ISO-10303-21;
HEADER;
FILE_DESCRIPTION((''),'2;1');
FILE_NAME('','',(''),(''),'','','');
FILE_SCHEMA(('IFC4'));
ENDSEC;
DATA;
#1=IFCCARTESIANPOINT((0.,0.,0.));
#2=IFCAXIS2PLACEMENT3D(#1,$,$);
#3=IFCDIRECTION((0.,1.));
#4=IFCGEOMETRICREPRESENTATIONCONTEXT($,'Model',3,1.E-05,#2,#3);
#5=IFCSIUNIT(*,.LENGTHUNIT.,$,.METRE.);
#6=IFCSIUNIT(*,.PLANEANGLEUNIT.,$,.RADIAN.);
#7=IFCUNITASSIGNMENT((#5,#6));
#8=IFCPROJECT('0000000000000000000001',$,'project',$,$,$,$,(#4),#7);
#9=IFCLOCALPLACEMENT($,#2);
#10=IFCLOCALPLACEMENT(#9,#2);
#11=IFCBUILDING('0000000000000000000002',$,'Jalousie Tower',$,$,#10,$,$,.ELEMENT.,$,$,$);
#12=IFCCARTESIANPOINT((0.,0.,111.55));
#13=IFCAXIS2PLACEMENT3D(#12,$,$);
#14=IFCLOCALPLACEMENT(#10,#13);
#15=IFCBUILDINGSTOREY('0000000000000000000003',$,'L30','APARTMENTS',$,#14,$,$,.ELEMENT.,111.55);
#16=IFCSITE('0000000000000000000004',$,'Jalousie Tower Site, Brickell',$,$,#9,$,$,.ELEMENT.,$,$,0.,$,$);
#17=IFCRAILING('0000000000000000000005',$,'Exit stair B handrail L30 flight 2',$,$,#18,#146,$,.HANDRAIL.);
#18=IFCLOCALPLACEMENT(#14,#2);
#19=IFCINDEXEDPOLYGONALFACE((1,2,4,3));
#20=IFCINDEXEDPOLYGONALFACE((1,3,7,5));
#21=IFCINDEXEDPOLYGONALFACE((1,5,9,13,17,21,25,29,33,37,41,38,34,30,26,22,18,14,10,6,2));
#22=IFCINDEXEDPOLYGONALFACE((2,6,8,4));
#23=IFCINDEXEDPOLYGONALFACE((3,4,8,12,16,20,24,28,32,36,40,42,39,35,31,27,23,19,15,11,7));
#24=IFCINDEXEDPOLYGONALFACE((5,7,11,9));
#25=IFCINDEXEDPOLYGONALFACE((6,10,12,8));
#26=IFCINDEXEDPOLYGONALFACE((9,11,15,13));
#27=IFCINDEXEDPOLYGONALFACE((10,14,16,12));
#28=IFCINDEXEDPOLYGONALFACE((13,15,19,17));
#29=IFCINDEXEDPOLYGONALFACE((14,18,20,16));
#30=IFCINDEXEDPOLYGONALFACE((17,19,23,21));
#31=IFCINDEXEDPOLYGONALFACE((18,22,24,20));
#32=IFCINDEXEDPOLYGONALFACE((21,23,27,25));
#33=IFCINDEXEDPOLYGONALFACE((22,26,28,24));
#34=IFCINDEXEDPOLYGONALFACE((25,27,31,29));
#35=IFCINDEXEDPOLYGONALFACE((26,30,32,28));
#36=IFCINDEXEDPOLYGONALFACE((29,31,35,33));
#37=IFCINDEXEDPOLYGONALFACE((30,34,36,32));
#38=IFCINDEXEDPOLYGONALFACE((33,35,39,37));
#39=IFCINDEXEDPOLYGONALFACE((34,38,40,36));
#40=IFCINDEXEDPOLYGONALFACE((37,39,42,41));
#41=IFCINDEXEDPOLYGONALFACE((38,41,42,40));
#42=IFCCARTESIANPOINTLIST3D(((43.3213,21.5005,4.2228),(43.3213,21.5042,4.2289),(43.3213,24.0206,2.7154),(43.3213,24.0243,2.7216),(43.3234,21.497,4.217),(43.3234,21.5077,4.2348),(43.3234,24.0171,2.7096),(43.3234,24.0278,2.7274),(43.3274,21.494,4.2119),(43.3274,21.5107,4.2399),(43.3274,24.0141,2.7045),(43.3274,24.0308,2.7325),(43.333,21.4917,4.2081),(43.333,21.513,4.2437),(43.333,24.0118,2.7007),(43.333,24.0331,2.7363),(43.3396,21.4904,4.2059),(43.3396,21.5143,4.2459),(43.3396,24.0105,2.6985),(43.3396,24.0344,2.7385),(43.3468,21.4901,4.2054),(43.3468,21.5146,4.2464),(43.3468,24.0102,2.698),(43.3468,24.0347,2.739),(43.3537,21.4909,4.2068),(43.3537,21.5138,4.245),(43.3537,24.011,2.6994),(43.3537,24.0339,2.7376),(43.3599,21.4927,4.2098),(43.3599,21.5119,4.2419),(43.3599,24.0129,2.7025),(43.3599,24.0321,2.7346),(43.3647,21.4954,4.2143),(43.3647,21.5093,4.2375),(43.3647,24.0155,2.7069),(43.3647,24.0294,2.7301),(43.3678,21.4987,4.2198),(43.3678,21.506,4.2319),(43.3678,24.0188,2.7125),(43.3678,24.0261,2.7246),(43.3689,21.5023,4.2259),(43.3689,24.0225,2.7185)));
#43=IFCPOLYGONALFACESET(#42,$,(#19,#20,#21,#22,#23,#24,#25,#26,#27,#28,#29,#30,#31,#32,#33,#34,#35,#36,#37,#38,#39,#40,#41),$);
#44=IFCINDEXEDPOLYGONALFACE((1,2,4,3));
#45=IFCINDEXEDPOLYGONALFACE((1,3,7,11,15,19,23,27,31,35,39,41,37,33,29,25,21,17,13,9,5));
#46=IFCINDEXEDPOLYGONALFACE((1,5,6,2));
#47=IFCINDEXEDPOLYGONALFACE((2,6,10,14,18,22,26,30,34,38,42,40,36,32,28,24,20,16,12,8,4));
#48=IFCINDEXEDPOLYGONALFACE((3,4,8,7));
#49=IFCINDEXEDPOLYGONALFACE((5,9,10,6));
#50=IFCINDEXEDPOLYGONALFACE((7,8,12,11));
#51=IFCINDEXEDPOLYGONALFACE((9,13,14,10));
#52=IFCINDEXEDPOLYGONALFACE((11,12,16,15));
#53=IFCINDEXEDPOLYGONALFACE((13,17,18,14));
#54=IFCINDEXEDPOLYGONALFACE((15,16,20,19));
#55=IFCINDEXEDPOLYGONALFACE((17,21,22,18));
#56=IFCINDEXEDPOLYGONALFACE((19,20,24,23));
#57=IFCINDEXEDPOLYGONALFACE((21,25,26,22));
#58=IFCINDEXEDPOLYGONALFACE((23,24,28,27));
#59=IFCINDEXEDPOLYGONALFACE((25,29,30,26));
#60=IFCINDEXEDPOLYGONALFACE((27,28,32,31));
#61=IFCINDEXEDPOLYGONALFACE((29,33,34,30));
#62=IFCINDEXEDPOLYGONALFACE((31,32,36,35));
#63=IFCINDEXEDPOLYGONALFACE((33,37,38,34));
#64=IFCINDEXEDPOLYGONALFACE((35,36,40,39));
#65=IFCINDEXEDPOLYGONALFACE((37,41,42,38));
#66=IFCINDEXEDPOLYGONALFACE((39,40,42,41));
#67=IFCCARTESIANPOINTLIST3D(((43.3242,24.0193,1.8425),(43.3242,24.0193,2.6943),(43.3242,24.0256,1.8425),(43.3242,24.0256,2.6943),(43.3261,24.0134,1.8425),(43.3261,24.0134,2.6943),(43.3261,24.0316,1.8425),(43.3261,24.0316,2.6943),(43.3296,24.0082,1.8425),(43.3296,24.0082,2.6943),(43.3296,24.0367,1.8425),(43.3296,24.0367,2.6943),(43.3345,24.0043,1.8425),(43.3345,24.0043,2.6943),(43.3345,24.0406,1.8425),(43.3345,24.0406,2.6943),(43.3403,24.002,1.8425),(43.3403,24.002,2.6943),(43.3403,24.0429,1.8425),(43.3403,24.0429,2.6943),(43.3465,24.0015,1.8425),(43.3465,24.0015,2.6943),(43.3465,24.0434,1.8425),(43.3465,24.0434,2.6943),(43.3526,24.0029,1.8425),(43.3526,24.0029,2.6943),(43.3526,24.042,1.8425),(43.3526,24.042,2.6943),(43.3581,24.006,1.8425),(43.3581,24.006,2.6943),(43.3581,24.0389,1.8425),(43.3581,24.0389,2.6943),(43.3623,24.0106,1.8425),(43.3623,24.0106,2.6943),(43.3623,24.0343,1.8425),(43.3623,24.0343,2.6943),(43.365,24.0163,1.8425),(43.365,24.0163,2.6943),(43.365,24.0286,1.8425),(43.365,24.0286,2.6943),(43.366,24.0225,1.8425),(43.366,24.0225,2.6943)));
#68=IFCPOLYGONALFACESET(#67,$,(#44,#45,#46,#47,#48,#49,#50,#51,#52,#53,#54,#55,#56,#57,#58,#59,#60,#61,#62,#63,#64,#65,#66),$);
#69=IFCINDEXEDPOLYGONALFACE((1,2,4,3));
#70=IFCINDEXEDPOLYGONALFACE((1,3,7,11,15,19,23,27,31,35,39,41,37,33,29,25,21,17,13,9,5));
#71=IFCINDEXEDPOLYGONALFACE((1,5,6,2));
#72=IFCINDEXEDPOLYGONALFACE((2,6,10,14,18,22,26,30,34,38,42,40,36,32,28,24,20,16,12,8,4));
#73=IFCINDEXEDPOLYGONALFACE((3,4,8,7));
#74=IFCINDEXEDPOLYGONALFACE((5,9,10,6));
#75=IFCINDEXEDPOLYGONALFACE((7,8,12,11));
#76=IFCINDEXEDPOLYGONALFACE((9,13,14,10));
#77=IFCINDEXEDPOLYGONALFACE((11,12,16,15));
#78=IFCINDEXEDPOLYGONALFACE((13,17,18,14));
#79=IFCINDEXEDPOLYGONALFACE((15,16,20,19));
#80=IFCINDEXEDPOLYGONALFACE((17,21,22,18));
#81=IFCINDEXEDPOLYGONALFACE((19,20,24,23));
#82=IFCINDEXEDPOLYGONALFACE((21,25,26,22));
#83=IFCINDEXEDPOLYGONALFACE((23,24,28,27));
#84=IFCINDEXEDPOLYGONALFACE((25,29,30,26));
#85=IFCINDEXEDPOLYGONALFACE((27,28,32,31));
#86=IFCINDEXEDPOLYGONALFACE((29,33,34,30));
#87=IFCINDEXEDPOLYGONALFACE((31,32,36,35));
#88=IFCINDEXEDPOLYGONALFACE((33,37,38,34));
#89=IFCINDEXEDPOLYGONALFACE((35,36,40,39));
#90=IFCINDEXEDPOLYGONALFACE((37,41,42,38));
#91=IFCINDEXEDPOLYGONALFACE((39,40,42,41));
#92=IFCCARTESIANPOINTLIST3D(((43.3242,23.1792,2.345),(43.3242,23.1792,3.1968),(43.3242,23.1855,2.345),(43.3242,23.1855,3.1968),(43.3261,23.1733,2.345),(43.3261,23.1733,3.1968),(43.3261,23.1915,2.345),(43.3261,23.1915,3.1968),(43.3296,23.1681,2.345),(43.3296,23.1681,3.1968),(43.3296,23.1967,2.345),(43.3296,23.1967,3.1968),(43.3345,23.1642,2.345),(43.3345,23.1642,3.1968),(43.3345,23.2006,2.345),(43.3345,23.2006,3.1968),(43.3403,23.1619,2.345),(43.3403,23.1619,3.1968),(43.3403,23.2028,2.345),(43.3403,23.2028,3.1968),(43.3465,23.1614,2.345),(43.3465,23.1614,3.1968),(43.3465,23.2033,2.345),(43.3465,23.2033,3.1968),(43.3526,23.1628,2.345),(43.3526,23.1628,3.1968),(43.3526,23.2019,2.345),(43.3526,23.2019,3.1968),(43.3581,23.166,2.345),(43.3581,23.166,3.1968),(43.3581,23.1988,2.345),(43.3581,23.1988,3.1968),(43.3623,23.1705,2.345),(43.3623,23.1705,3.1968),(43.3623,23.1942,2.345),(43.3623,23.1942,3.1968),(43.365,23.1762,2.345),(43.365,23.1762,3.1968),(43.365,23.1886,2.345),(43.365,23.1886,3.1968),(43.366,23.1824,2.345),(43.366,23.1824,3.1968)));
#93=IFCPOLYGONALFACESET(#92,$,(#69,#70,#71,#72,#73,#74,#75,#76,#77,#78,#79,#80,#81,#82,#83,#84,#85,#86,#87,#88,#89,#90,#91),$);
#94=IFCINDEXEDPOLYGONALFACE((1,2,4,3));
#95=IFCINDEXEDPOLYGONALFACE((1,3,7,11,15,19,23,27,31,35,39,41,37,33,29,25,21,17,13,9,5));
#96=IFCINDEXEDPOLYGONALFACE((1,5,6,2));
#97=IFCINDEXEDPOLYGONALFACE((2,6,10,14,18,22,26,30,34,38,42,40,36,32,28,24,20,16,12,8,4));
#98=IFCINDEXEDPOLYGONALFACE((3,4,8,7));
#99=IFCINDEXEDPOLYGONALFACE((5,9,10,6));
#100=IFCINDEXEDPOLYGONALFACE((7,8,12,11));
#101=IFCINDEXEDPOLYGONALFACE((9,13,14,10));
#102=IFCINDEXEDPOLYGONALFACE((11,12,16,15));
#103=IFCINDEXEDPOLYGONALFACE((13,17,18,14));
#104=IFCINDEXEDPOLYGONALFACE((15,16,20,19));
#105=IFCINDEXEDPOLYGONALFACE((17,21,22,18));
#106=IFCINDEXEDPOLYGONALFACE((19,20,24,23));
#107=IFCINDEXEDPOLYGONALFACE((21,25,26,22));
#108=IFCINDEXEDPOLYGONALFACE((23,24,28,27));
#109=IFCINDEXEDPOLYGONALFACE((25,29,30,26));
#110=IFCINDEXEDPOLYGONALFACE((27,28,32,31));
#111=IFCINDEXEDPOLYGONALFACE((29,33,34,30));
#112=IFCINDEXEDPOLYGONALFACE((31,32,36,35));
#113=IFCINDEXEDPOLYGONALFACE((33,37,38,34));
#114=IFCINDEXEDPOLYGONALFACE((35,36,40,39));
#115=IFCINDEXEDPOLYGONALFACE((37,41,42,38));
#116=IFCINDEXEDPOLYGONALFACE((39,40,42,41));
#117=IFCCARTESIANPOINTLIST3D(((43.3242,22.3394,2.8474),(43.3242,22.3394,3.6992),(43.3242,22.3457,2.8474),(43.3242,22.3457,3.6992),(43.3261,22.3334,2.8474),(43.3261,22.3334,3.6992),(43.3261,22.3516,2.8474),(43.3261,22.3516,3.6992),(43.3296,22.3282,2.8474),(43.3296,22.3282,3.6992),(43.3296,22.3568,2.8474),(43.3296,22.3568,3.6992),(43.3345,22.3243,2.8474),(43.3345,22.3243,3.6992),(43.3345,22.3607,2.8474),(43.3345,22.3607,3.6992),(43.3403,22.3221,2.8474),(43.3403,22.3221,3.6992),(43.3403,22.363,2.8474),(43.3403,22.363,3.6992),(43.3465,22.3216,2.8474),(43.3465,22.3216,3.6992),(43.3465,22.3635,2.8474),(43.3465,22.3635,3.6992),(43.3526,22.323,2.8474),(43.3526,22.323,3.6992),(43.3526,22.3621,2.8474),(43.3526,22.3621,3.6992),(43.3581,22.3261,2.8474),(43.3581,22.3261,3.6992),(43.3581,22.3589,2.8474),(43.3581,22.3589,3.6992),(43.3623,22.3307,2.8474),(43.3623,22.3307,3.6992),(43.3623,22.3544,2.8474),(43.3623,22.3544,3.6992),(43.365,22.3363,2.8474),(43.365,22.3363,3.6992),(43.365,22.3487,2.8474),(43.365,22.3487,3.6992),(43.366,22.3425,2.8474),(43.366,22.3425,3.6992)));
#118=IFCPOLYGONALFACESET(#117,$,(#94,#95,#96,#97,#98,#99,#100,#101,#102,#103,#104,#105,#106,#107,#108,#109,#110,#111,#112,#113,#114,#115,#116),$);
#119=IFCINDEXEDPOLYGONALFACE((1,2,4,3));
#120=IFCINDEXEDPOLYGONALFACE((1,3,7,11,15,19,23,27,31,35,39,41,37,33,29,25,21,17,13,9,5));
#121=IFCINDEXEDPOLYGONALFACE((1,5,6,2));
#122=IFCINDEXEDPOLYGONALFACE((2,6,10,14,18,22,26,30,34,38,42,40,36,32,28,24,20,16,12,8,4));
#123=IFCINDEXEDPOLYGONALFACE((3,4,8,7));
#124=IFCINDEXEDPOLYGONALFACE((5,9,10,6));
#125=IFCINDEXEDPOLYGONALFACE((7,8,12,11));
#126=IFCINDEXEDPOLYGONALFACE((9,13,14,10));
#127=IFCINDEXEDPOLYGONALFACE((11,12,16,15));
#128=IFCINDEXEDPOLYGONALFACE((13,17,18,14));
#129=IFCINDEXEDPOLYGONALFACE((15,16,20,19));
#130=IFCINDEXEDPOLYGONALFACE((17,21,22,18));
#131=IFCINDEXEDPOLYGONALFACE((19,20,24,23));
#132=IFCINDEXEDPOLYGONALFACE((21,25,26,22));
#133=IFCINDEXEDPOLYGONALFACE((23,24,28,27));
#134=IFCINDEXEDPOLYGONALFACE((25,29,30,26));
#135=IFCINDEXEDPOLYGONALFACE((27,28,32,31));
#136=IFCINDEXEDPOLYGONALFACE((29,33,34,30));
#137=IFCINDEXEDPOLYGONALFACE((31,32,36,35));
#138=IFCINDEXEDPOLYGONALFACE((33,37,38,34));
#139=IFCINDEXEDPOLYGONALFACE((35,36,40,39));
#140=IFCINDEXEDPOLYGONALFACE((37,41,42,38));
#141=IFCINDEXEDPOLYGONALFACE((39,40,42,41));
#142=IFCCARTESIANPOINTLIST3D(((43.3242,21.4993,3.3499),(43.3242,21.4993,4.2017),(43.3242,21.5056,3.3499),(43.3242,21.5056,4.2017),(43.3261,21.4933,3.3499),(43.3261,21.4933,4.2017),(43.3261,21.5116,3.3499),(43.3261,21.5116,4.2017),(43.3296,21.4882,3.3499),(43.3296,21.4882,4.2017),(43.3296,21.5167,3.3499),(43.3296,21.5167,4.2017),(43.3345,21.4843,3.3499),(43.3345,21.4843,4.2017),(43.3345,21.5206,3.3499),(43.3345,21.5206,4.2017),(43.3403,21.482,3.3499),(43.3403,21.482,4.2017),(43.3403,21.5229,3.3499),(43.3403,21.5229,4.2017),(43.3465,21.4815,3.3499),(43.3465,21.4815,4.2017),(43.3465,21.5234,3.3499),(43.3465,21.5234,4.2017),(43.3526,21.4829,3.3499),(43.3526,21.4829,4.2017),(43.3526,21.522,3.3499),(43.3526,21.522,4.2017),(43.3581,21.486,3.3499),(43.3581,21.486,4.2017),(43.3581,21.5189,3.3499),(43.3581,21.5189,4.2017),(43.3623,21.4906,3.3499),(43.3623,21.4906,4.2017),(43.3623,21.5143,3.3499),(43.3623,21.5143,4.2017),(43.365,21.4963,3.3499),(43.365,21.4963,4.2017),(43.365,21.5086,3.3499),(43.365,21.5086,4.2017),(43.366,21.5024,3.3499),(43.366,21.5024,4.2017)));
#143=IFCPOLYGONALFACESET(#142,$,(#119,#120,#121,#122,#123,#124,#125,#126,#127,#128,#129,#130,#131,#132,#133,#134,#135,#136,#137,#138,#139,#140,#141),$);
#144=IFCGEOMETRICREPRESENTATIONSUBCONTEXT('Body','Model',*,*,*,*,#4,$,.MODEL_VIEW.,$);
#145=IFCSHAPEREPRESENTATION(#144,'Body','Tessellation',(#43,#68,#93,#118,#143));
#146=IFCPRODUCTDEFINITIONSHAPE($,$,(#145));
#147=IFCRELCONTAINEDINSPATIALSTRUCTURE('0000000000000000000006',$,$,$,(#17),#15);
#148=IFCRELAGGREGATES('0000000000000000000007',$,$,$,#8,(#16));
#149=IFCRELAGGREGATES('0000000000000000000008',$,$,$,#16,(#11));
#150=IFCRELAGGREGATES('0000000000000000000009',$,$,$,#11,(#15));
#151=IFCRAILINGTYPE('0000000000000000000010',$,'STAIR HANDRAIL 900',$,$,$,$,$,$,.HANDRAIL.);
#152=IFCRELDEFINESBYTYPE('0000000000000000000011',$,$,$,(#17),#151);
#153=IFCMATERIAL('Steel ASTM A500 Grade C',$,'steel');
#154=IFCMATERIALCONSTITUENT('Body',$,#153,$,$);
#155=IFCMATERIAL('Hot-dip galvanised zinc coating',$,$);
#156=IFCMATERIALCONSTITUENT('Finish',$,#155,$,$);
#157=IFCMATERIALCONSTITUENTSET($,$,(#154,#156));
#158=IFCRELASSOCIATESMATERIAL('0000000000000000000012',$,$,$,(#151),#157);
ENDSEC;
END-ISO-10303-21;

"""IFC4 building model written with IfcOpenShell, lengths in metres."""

from ifc_helpers import new_model, si_unit, direction, frame, origin, origin_2d, place, context, subcontext, project, spatial, circle, extrude, material, constituent, constituent_set, type_object, element, save


model = new_model("IFC4")

# Units and contexts
model_context = context("Model", 3, precision=1e-05, world=origin(), true_north=direction((0.0, 1.0)))
body_context = subcontext(model_context, "Body", "Model", "MODEL_VIEW")
ifc_project = project(units=[si_unit("LENGTHUNIT", "METRE"), si_unit("PLANEANGLEUNIT", "RADIAN")], contexts=[model_context])

# Site, building, storey
site_placement = place(None, origin())
site = spatial("IfcSite", under=ifc_project, at=site_placement, Name="Jalousie Tower Site, Brickell", CompositionType="ELEMENT", RefElevation=0.0)
building_placement = place(site_placement, origin())
building = spatial("IfcBuilding", under=site, at=building_placement, Name="Jalousie Tower", CompositionType="ELEMENT")
storey_placement = place(building_placement, frame((0.0, 0.0, 111.55)))
storey = spatial("IfcBuildingStorey", under=building, at=storey_placement, Name="L30", Description="APARTMENTS", CompositionType="ELEMENT", Elevation=111.55)

# Railing
ifc_material_1 = material(Name="Steel ASTM A500 Grade C", Category="steel")
ifc_constituent_1 = constituent(ifc_material_1, Name="Body")
ifc_material_2 = material(Name="Hot-dip galvanised zinc coating")
ifc_constituent_2 = constituent(ifc_material_2, Name="Finish")
ifc_constituent_set_1 = constituent_set(constituents=[ifc_constituent_1, ifc_constituent_2])
railing_type_1 = type_object("IfcRailingType", Name="STAIR HANDRAIL 900", PredefinedType="HANDRAIL", material=ifc_constituent_set_1)
railing_1_placement = place(storey_placement, frame((43.345, 24.0225, 1.8425)))
element("IfcRailing", 1, at=railing_1_placement, inside=storey, type_object=railing_type_1, Name="Exit stair B handrail L30 flight 2", PredefinedType="HANDRAIL", context=body_context, shape_type="SweptSolid", body=[
    extrude(circle(Radius=0.0239, at=origin_2d()), frame((0.0, 0.0, 0.876), z_axis=(0.0, -0.858196, 0.513321), x_axis=(1.0, 0.0, 0.0)), (0.0, 0.0, 1.0), 2.9365),
    extrude(circle(Radius=0.021, at=origin_2d()), origin(), (0.0, 0.0, 1.0), 0.8518),
    extrude(circle(Radius=0.021, at=origin_2d()), frame((0.0, -0.8401, 0.5024)), (0.0, 0.0, 1.0), 0.8518),
    extrude(circle(Radius=0.021, at=origin_2d()), frame((0.0, -1.6799, 1.0049)), (0.0, 0.0, 1.0), 0.8518),
    extrude(circle(Radius=0.021, at=origin_2d()), frame((0.0, -2.52, 1.5073)), (0.0, 0.0, 1.0), 0.8518),
])

save(model, "model.ifc")
